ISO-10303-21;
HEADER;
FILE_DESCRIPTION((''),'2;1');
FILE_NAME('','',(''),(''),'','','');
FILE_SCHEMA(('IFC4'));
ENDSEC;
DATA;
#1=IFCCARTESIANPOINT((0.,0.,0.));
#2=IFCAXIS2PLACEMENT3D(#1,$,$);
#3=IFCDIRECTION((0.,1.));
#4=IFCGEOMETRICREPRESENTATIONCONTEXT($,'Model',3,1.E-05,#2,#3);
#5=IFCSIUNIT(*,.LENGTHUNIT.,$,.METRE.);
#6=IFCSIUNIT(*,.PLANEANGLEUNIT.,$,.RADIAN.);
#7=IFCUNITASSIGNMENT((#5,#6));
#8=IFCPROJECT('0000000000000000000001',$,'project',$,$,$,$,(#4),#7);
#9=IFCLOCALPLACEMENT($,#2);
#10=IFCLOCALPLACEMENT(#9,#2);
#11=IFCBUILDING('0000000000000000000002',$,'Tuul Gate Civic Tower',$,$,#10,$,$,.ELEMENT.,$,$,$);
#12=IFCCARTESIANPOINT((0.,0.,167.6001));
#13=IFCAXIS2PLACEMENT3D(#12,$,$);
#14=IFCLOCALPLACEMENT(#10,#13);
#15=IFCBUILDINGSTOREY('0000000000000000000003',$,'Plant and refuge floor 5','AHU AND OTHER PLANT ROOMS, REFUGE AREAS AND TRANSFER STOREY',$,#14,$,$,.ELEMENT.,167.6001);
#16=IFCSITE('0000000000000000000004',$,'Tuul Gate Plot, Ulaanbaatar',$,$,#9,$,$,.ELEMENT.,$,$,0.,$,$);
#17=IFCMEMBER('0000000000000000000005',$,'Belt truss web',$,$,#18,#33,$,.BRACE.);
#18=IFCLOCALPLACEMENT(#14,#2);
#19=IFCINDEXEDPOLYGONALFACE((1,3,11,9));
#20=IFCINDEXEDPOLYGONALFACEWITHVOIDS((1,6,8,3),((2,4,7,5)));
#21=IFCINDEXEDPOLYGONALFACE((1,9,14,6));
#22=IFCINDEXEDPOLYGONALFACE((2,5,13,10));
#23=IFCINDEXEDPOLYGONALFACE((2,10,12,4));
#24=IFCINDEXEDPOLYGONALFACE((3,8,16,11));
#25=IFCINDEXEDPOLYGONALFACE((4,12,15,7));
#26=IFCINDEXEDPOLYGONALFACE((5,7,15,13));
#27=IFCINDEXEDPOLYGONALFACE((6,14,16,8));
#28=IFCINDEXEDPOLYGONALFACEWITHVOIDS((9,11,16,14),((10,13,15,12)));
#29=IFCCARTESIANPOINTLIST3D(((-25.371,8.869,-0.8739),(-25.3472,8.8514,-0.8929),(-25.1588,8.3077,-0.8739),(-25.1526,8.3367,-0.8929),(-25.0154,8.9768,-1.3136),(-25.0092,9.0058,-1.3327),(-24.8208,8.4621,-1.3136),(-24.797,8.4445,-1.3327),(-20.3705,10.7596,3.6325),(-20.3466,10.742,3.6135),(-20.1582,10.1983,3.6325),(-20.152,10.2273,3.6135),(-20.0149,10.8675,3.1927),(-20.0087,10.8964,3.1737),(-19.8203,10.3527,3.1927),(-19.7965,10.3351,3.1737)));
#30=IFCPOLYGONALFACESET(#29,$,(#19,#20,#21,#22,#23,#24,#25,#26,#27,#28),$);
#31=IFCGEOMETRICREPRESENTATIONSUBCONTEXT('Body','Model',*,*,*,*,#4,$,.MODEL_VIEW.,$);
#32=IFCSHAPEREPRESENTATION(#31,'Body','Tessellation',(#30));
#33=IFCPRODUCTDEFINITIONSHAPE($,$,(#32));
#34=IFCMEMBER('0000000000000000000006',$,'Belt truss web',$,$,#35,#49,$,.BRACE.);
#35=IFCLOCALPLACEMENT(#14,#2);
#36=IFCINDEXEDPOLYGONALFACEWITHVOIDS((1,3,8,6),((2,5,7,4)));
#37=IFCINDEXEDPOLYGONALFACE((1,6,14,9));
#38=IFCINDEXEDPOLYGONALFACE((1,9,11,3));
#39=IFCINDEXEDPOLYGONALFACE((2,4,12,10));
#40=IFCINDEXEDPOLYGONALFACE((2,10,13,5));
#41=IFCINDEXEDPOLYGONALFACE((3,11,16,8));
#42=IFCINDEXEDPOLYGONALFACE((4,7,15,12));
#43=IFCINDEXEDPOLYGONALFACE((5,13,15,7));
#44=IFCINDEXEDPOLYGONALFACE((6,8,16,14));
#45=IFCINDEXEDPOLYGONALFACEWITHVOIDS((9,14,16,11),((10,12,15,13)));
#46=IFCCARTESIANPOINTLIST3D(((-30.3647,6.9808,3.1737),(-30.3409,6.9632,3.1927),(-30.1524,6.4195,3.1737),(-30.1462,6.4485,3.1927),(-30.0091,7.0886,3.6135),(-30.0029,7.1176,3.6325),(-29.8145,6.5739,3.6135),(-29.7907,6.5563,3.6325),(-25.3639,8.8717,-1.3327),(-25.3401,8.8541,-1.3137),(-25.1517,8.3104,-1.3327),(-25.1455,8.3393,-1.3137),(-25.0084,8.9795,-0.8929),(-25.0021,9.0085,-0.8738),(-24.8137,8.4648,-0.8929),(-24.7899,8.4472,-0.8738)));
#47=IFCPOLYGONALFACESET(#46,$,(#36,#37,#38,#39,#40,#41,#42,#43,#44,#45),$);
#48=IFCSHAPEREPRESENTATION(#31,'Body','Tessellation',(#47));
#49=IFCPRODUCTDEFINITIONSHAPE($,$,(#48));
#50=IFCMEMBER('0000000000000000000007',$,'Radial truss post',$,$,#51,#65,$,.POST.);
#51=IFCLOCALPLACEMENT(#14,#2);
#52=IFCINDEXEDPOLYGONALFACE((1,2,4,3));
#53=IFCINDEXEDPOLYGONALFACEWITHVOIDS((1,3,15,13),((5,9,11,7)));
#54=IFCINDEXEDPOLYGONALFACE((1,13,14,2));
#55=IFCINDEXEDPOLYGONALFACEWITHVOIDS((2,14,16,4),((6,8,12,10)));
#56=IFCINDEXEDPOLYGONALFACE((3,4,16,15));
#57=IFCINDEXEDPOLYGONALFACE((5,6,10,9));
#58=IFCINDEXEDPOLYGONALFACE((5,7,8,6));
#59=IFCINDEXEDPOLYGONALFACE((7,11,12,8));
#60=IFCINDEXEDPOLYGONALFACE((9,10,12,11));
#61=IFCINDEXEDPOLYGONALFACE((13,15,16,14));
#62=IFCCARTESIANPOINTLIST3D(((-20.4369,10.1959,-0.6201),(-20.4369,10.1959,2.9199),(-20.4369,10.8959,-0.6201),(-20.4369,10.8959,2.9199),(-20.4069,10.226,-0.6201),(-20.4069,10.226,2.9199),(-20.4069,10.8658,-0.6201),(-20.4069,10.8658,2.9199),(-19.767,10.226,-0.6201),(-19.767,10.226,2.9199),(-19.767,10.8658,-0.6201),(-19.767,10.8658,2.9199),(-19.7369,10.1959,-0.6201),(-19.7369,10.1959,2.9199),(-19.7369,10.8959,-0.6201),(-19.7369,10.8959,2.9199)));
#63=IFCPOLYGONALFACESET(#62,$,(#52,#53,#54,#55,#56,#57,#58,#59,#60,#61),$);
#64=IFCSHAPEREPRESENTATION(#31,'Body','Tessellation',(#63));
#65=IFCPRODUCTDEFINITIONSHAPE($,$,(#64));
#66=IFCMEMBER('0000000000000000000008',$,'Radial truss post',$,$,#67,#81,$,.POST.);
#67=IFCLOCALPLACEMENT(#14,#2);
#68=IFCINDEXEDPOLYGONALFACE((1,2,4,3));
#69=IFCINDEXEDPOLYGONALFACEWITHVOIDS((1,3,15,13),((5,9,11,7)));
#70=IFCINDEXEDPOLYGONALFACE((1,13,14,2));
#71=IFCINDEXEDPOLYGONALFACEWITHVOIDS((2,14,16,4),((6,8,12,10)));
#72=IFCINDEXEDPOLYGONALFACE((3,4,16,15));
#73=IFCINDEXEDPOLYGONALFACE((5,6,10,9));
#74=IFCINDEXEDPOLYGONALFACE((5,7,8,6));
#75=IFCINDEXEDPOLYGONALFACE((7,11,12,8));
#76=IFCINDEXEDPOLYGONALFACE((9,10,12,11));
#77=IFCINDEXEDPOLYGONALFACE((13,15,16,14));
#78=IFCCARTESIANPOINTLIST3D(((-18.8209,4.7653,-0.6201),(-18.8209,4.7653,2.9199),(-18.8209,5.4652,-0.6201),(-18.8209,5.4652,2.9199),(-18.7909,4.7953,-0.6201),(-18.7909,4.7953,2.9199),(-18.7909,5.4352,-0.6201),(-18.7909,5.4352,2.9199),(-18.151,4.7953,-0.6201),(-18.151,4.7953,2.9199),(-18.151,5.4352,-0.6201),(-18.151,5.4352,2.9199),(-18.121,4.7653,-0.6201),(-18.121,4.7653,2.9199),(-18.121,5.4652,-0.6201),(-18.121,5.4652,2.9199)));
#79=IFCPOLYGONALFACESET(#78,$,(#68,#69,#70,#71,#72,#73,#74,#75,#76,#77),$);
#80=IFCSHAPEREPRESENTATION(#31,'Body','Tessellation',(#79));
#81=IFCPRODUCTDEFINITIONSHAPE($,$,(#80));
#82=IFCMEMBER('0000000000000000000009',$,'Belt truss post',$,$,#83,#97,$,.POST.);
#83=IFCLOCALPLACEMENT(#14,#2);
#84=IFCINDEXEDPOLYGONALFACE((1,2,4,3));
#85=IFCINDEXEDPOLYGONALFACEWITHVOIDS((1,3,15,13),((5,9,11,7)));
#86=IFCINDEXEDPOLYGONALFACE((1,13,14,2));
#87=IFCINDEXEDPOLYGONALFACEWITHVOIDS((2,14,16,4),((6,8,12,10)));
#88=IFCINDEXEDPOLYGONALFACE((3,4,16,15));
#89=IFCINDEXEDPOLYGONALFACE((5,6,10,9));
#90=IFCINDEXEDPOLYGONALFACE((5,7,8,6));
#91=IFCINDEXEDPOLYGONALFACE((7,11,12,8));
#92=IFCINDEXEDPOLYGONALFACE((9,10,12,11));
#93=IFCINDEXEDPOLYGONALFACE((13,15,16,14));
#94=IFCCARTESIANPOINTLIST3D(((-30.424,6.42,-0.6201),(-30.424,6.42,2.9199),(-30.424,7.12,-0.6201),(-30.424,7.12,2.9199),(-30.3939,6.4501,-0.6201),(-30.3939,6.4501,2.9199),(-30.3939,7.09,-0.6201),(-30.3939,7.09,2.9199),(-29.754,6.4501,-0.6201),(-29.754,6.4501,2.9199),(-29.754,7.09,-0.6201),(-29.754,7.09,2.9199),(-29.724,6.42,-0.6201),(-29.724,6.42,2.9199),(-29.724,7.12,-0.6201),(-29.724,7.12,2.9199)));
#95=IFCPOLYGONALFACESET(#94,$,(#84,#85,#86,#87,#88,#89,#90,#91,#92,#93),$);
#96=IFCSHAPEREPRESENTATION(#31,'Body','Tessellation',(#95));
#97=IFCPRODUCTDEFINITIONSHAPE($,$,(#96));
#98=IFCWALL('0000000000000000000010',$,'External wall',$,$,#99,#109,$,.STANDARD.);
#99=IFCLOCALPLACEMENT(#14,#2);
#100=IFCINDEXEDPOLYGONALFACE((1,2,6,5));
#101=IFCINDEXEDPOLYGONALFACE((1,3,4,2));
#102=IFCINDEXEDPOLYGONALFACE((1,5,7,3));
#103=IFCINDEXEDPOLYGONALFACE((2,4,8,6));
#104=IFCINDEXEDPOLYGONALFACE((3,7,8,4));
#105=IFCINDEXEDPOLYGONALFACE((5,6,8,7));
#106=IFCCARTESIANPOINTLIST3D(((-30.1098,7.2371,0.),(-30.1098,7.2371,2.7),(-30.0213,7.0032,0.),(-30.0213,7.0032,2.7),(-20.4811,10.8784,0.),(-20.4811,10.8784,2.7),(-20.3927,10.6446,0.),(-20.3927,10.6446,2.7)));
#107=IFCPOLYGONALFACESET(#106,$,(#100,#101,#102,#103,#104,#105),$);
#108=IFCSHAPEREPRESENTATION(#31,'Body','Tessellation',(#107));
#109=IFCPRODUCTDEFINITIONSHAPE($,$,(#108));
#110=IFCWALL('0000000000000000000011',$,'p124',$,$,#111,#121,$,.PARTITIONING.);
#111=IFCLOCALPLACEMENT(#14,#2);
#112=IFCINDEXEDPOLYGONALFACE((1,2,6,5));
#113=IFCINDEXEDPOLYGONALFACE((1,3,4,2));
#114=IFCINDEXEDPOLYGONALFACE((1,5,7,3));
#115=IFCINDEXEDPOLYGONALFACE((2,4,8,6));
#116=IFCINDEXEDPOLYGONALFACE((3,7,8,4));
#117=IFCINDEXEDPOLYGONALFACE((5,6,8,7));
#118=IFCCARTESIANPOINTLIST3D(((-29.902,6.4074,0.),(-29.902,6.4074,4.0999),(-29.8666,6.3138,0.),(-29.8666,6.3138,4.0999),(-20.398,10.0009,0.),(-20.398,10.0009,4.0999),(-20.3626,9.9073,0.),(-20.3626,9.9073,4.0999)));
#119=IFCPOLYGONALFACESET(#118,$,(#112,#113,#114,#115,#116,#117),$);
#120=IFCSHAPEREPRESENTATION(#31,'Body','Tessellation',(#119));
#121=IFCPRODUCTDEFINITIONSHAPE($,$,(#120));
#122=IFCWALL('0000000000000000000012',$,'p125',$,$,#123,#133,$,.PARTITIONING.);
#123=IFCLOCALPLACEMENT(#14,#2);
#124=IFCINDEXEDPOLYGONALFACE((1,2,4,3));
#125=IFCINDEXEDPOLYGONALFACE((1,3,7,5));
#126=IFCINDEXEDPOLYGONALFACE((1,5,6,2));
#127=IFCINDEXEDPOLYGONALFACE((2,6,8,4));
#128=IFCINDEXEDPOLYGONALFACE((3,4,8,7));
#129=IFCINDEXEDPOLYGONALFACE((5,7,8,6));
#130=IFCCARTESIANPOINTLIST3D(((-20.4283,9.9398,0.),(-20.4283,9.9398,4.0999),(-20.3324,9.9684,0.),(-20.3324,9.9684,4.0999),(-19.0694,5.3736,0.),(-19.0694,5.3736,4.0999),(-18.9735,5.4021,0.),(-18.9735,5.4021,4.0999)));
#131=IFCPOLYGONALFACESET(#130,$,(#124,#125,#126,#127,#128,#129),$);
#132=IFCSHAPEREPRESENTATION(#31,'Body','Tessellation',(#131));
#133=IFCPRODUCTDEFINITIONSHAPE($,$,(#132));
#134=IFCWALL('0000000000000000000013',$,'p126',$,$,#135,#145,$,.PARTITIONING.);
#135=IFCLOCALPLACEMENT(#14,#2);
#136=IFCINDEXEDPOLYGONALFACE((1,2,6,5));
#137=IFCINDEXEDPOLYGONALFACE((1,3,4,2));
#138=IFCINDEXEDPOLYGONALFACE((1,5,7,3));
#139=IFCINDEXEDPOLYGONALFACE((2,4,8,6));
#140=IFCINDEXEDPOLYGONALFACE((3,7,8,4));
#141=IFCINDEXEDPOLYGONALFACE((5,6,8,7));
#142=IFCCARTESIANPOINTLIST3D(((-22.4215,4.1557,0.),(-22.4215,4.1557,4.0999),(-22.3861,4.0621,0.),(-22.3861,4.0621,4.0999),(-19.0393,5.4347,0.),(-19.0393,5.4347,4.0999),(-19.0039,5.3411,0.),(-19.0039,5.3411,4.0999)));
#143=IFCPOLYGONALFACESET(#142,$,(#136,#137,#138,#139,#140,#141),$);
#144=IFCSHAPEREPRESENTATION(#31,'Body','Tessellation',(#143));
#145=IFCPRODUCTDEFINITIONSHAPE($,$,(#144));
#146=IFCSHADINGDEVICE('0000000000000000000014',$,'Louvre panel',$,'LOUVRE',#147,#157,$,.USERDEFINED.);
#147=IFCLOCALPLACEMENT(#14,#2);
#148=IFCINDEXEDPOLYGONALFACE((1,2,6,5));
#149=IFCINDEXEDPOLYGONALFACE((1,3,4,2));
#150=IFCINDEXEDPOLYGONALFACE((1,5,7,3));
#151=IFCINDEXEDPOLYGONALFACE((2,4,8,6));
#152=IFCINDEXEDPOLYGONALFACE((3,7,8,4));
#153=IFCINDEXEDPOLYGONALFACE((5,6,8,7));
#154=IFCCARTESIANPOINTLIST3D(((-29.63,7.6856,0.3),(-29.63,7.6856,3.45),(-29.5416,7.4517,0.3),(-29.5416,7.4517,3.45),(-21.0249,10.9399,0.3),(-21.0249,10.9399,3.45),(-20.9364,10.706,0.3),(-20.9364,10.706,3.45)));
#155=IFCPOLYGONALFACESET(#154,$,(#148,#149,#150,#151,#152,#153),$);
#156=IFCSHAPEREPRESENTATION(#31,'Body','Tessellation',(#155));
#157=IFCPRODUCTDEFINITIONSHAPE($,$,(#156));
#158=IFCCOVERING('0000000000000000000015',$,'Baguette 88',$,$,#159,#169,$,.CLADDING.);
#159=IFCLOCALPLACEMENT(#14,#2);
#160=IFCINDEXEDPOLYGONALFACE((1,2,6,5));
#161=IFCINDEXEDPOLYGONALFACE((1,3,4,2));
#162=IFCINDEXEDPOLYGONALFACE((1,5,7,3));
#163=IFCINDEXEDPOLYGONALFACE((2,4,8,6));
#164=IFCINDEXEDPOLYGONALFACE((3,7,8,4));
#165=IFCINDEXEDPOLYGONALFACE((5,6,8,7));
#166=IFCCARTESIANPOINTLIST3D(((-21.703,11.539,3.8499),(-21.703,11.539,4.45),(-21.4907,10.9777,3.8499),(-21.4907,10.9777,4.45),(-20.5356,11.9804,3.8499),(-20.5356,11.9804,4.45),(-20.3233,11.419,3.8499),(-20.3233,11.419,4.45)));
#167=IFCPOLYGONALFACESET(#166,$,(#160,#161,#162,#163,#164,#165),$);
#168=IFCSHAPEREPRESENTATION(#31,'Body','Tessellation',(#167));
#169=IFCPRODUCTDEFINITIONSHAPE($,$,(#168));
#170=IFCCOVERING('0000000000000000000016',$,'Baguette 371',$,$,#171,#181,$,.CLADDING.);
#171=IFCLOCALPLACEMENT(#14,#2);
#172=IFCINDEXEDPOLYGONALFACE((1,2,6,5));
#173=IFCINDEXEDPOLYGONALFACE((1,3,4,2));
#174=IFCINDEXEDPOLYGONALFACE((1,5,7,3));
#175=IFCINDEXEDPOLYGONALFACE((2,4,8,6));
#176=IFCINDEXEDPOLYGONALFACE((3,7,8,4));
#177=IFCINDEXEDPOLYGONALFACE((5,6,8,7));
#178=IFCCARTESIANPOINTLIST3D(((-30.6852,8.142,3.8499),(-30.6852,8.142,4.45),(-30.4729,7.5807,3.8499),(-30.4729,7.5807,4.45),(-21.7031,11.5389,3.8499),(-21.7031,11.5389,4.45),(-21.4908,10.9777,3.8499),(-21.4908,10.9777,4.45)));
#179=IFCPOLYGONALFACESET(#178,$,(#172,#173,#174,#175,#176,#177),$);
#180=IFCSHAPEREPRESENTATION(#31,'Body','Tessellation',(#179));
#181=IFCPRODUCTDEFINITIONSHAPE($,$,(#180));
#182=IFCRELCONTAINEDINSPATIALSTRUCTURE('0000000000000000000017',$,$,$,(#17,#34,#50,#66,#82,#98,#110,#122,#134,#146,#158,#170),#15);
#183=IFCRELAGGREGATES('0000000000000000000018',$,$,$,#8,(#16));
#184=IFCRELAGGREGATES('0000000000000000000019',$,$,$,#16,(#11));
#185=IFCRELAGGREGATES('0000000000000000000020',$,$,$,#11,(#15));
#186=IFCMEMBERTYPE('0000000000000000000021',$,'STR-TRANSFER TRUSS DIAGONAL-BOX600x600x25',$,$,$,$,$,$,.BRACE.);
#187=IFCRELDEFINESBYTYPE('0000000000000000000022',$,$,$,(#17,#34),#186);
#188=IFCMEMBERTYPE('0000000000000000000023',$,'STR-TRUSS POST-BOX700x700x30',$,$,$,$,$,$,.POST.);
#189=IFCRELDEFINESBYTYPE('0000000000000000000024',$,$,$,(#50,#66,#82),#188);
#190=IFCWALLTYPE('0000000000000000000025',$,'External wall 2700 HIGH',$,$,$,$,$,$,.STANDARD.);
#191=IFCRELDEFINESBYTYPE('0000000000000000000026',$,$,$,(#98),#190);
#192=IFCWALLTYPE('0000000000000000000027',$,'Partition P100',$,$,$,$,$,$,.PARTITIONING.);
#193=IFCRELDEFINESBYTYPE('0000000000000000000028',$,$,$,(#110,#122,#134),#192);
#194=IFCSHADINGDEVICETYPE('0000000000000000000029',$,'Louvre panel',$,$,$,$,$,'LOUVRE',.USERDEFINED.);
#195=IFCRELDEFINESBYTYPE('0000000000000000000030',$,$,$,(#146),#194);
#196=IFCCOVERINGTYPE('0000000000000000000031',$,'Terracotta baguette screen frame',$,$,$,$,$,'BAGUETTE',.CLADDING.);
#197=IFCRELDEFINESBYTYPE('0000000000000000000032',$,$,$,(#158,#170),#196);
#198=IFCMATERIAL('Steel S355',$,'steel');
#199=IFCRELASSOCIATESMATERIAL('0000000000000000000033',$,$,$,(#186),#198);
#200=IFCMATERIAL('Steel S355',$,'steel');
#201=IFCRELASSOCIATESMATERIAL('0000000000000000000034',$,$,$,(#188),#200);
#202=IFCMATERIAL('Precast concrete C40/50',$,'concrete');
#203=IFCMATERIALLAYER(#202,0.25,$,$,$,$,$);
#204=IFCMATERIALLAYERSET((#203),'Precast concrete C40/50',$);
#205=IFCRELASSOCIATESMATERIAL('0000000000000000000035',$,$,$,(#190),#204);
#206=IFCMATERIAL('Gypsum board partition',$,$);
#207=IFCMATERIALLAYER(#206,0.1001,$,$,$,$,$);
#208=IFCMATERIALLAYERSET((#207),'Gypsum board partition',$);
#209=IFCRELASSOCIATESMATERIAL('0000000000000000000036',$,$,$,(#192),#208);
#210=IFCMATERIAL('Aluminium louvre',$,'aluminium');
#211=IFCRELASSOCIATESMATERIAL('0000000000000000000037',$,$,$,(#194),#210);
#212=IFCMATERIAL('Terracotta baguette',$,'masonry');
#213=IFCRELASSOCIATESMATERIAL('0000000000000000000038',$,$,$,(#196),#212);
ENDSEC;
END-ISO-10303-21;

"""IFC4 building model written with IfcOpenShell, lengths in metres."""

from ifc_helpers import new_model, si_unit, direction, frame, frame_2d, origin, origin_2d, place, context, subcontext, project, spatial, rectangle, hollow_rectangle, extrude, material, layer, layer_set, material_profile, profile_set, type_object, element, save


model = new_model("IFC4")

# Units and contexts
model_context = context("Model", 3, precision=1e-05, world=origin(), true_north=direction((0.0, 1.0)))
body_context = subcontext(model_context, "Body", "Model", "MODEL_VIEW")
ifc_project = project(units=[si_unit("LENGTHUNIT", "METRE"), si_unit("PLANEANGLEUNIT", "RADIAN")], contexts=[model_context])

# Site, building, storey
site_placement = place(None, origin())
site = spatial("IfcSite", under=ifc_project, at=site_placement, Name="Tuul Gate Plot, Ulaanbaatar", CompositionType="ELEMENT", RefElevation=0.0)
building_placement = place(site_placement, origin())
building = spatial("IfcBuilding", under=site, at=building_placement, Name="Tuul Gate Civic Tower", CompositionType="ELEMENT")
storey_placement = place(building_placement, frame((0.0, 0.0, 167.6001)))
storey = spatial("IfcBuildingStorey", under=building, at=storey_placement, Name="Plant and refuge floor 5", Description="AHU AND OTHER PLANT ROOMS, REFUGE AREAS AND TRANSFER STOREY", CompositionType="ELEMENT", Elevation=167.6001)

# Members
ifc_material_1 = material(Name="Steel S355", Category="steel")
ifc_material_profile_1 = material_profile(ifc_material_1, hollow_rectangle(XDim=0.6001, YDim=0.6001, WallThickness=0.0249, at=origin_2d()), Name="BOX600x600x25")
ifc_profile_set_1 = profile_set([ifc_material_profile_1], Name="Steel S355")
member_type_1 = type_object("IfcMemberType", Name="STR-TRANSFER TRUSS DIAGONAL-BOX600x600x25", PredefinedType="BRACE", material=ifc_profile_set_1)
member_1_placement = place(storey_placement, frame((-25.084, 8.6567, -1.1033), z_axis=(0.715184, 0.270403, 0.644511), x_axis=(-0.353655, 0.935376, 0.0)))
element("IfcMember", 1, at=member_1_placement, inside=storey, type_object=member_type_1, Name="Belt truss web", PredefinedType="BRACE", context=body_context, shape_type="SweptSolid", body=[
    extrude(hollow_rectangle(XDim=0.6001, YDim=0.6001, WallThickness=0.0249, at=origin_2d()), origin(), (0.0, 0.0, 1.0), 6.9919),
])
member_2_placement = place(storey_placement, frame((-25.0769, 8.6594, -1.1033), z_axis=(-0.715194, -0.270428, 0.644489), x_axis=(0.353679, -0.935367, 0.0)))
element("IfcMember", 2, at=member_2_placement, inside=storey, type_object=member_type_1, Name="Belt truss web", PredefinedType="BRACE", context=body_context, shape_type="SweptSolid", body=[
    extrude(hollow_rectangle(XDim=0.6001, YDim=0.6001, WallThickness=0.0249, at=origin_2d()), origin(), (0.0, 0.0, 1.0), 6.9922),
])
ifc_material_2 = material(Name="Steel S355", Category="steel")
ifc_material_profile_2 = material_profile(ifc_material_2, hollow_rectangle(XDim=0.7, YDim=0.7, WallThickness=0.03, at=origin_2d()), Name="BOX700x700x30")
ifc_profile_set_2 = profile_set([ifc_material_profile_2], Name="Steel S355")
member_type_2 = type_object("IfcMemberType", Name="STR-TRUSS POST-BOX700x700x30", PredefinedType="POST", material=ifc_profile_set_2)
for number, where, z_axis, x_axis, name in (
    (3, (-20.0869, 10.5459, -0.6201), (0.0, 0.0, 1.0), (1.0, 0.0, 0.0), "Radial truss post"),
    (4, (-18.4709, 5.1152, -0.6201), (0.0, 0.0, 1.0), (1.0, 0.0, 0.0), "Radial truss post"),
    (5, (-30.074, 6.77, -0.6201), (0.0, 0.0, 1.0), (1.0, 0.0, 0.0), "Belt truss post"),
):
    element("IfcMember", number, at=place(storey_placement, frame(where, z_axis=z_axis, x_axis=x_axis)), inside=storey, type_object=member_type_2, Name=name, PredefinedType="POST", context=body_context, shape_type="SweptSolid", body=[
        extrude(hollow_rectangle(XDim=0.7, YDim=0.7, WallThickness=0.03, at=origin_2d()), origin(), (0.0, 0.0, 1.0), 3.54),
    ])

# Walls
ifc_material_3 = material(Name="Precast concrete C40/50", Category="concrete")
ifc_layer_1 = layer(ifc_material_3, 0.25)
ifc_layer_set_1 = layer_set([ifc_layer_1], Name="Precast concrete C40/50")
wall_type_1 = type_object("IfcWallType", Name="External wall 2700 HIGH", PredefinedType="STANDARD", material=ifc_layer_set_1)
wall_1_placement = place(storey_placement, frame((-20.437, 10.7615, 0.0), z_axis=(0.0, 0.0, 1.0), x_axis=(-0.935348, -0.353729, 0.0)))
element("IfcWall", 6, at=wall_1_placement, inside=storey, type_object=wall_type_1, Name="External wall", PredefinedType="STANDARD", context=body_context, shape_type="SweptSolid", body=[
    extrude(rectangle(XDim=10.2942, YDim=0.25, at=frame_2d((5.147, 0.0))), origin(), (0.0, 0.0, 1.0), 2.7),
])
ifc_material_4 = material(Name="Gypsum board partition")
ifc_layer_2 = layer(ifc_material_4, 0.1001)
ifc_layer_set_2 = layer_set([ifc_layer_2], Name="Gypsum board partition")
wall_type_2 = type_object("IfcWallType", Name="Partition P100", PredefinedType="PARTITIONING", material=ifc_layer_set_2)
wall_2_placement = place(storey_placement, frame((-29.8843, 6.3606, 0.0), z_axis=(0.0, 0.0, 1.0), x_axis=(0.93537, 0.353671, 0.0)))
element("IfcWall", 7, at=wall_2_placement, inside=storey, type_object=wall_type_2, Name="p124", PredefinedType="PARTITIONING", context=body_context, shape_type="SweptSolid", body=[
    extrude(rectangle(XDim=10.1606, YDim=0.1001, at=frame_2d((5.0803, 0.0))), origin(), (0.0, 0.0, 1.0), 4.0999),
])
wall_3_placement = place(storey_placement, frame((-20.3804, 9.9541, 0.0), z_axis=(0.0, 0.0, 1.0), x_axis=(0.285236, -0.958457, 0.0)))
element("IfcWall", 8, at=wall_3_placement, inside=storey, type_object=wall_type_2, Name="p125", PredefinedType="PARTITIONING", context=body_context, shape_type="SweptSolid", body=[
    extrude(rectangle(XDim=4.7642, YDim=0.1001, at=frame_2d((2.3821, 0.0))), origin(), (0.0, 0.0, 1.0), 4.0999),
])
wall_4_placement = place(storey_placement, frame((-19.0215, 5.3879, 0.0), z_axis=(0.0, 0.0, 1.0), x_axis=(-0.935354, -0.353712, 0.0)))
element("IfcWall", 9, at=wall_4_placement, inside=storey, type_object=wall_type_2, Name="p126", PredefinedType="PARTITIONING", context=body_context, shape_type="SweptSolid", body=[
    extrude(rectangle(XDim=3.616, YDim=0.1001, at=frame_2d((1.8081, 0.0))), origin(), (0.0, 0.0, 1.0), 4.0999),
])

# Shading device
ifc_material_5 = material(Name="Aluminium louvre", Category="aluminium")
shading_device_type = type_object("IfcShadingDeviceType", Name="Louvre panel", ElementType="LOUVRE", PredefinedType="USERDEFINED", material=ifc_material_5)
shading_device_placement = place(storey_placement, frame((-25.2832, 9.1958, 0.3), z_axis=(0.0, 0.0, 1.0), x_axis=(-0.353734, 0.935346, 0.0)))
element("IfcShadingDevice", 10, at=shading_device_placement, inside=storey, type_object=shading_device_type, Name="Louvre panel", ObjectType="LOUVRE", PredefinedType="USERDEFINED", context=body_context, shape_type="SweptSolid", body=[
    extrude(rectangle(XDim=0.25, YDim=9.2, at=origin_2d()), origin(), (0.0, 0.0, 1.0), 3.1499),
])

# Coverings
ifc_material_6 = material(Name="Terracotta baguette", Category="masonry")
ifc_material_profile_3 = material_profile(ifc_material_6, rectangle(XDim=0.6001, YDim=0.6001, at=origin_2d()), Name="Terracotta baguette screen frame")
ifc_profile_set_3 = profile_set([ifc_material_profile_3], Name="Terracotta baguette")
covering_type = type_object("IfcCoveringType", Name="Terracotta baguette screen frame", ElementType="BAGUETTE", PredefinedType="CLADDING", material=ifc_profile_set_3)
covering_1_placement = place(storey_placement, frame((-20.4294, 11.6997, 4.1499), z_axis=(-0.935377, -0.353652, 0.0), x_axis=(0.353652, -0.935377, 0.0)))
element("IfcCovering", 11, at=covering_1_placement, inside=storey, type_object=covering_type, Name="Baguette 88", PredefinedType="CLADDING", context=body_context, shape_type="SweptSolid", body=[
    extrude(rectangle(XDim=0.6001, YDim=0.6001, at=origin_2d()), origin(), (0.0, 0.0, 1.0), 1.248),
])
covering_2_placement = place(storey_placement, frame((-21.5969, 11.2583, 4.1499), z_axis=(-0.935344, -0.353738, 0.0), x_axis=(0.353738, -0.935344, 0.0)))
element("IfcCovering", 12, at=covering_2_placement, inside=storey, type_object=covering_type, Name="Baguette 371", PredefinedType="CLADDING", context=body_context, shape_type="SweptSolid", body=[
    extrude(rectangle(XDim=0.6001, YDim=0.6001, at=origin_2d()), origin(), (0.0, 0.0, 1.0), 9.603),
])

save(model, "model.ifc")
